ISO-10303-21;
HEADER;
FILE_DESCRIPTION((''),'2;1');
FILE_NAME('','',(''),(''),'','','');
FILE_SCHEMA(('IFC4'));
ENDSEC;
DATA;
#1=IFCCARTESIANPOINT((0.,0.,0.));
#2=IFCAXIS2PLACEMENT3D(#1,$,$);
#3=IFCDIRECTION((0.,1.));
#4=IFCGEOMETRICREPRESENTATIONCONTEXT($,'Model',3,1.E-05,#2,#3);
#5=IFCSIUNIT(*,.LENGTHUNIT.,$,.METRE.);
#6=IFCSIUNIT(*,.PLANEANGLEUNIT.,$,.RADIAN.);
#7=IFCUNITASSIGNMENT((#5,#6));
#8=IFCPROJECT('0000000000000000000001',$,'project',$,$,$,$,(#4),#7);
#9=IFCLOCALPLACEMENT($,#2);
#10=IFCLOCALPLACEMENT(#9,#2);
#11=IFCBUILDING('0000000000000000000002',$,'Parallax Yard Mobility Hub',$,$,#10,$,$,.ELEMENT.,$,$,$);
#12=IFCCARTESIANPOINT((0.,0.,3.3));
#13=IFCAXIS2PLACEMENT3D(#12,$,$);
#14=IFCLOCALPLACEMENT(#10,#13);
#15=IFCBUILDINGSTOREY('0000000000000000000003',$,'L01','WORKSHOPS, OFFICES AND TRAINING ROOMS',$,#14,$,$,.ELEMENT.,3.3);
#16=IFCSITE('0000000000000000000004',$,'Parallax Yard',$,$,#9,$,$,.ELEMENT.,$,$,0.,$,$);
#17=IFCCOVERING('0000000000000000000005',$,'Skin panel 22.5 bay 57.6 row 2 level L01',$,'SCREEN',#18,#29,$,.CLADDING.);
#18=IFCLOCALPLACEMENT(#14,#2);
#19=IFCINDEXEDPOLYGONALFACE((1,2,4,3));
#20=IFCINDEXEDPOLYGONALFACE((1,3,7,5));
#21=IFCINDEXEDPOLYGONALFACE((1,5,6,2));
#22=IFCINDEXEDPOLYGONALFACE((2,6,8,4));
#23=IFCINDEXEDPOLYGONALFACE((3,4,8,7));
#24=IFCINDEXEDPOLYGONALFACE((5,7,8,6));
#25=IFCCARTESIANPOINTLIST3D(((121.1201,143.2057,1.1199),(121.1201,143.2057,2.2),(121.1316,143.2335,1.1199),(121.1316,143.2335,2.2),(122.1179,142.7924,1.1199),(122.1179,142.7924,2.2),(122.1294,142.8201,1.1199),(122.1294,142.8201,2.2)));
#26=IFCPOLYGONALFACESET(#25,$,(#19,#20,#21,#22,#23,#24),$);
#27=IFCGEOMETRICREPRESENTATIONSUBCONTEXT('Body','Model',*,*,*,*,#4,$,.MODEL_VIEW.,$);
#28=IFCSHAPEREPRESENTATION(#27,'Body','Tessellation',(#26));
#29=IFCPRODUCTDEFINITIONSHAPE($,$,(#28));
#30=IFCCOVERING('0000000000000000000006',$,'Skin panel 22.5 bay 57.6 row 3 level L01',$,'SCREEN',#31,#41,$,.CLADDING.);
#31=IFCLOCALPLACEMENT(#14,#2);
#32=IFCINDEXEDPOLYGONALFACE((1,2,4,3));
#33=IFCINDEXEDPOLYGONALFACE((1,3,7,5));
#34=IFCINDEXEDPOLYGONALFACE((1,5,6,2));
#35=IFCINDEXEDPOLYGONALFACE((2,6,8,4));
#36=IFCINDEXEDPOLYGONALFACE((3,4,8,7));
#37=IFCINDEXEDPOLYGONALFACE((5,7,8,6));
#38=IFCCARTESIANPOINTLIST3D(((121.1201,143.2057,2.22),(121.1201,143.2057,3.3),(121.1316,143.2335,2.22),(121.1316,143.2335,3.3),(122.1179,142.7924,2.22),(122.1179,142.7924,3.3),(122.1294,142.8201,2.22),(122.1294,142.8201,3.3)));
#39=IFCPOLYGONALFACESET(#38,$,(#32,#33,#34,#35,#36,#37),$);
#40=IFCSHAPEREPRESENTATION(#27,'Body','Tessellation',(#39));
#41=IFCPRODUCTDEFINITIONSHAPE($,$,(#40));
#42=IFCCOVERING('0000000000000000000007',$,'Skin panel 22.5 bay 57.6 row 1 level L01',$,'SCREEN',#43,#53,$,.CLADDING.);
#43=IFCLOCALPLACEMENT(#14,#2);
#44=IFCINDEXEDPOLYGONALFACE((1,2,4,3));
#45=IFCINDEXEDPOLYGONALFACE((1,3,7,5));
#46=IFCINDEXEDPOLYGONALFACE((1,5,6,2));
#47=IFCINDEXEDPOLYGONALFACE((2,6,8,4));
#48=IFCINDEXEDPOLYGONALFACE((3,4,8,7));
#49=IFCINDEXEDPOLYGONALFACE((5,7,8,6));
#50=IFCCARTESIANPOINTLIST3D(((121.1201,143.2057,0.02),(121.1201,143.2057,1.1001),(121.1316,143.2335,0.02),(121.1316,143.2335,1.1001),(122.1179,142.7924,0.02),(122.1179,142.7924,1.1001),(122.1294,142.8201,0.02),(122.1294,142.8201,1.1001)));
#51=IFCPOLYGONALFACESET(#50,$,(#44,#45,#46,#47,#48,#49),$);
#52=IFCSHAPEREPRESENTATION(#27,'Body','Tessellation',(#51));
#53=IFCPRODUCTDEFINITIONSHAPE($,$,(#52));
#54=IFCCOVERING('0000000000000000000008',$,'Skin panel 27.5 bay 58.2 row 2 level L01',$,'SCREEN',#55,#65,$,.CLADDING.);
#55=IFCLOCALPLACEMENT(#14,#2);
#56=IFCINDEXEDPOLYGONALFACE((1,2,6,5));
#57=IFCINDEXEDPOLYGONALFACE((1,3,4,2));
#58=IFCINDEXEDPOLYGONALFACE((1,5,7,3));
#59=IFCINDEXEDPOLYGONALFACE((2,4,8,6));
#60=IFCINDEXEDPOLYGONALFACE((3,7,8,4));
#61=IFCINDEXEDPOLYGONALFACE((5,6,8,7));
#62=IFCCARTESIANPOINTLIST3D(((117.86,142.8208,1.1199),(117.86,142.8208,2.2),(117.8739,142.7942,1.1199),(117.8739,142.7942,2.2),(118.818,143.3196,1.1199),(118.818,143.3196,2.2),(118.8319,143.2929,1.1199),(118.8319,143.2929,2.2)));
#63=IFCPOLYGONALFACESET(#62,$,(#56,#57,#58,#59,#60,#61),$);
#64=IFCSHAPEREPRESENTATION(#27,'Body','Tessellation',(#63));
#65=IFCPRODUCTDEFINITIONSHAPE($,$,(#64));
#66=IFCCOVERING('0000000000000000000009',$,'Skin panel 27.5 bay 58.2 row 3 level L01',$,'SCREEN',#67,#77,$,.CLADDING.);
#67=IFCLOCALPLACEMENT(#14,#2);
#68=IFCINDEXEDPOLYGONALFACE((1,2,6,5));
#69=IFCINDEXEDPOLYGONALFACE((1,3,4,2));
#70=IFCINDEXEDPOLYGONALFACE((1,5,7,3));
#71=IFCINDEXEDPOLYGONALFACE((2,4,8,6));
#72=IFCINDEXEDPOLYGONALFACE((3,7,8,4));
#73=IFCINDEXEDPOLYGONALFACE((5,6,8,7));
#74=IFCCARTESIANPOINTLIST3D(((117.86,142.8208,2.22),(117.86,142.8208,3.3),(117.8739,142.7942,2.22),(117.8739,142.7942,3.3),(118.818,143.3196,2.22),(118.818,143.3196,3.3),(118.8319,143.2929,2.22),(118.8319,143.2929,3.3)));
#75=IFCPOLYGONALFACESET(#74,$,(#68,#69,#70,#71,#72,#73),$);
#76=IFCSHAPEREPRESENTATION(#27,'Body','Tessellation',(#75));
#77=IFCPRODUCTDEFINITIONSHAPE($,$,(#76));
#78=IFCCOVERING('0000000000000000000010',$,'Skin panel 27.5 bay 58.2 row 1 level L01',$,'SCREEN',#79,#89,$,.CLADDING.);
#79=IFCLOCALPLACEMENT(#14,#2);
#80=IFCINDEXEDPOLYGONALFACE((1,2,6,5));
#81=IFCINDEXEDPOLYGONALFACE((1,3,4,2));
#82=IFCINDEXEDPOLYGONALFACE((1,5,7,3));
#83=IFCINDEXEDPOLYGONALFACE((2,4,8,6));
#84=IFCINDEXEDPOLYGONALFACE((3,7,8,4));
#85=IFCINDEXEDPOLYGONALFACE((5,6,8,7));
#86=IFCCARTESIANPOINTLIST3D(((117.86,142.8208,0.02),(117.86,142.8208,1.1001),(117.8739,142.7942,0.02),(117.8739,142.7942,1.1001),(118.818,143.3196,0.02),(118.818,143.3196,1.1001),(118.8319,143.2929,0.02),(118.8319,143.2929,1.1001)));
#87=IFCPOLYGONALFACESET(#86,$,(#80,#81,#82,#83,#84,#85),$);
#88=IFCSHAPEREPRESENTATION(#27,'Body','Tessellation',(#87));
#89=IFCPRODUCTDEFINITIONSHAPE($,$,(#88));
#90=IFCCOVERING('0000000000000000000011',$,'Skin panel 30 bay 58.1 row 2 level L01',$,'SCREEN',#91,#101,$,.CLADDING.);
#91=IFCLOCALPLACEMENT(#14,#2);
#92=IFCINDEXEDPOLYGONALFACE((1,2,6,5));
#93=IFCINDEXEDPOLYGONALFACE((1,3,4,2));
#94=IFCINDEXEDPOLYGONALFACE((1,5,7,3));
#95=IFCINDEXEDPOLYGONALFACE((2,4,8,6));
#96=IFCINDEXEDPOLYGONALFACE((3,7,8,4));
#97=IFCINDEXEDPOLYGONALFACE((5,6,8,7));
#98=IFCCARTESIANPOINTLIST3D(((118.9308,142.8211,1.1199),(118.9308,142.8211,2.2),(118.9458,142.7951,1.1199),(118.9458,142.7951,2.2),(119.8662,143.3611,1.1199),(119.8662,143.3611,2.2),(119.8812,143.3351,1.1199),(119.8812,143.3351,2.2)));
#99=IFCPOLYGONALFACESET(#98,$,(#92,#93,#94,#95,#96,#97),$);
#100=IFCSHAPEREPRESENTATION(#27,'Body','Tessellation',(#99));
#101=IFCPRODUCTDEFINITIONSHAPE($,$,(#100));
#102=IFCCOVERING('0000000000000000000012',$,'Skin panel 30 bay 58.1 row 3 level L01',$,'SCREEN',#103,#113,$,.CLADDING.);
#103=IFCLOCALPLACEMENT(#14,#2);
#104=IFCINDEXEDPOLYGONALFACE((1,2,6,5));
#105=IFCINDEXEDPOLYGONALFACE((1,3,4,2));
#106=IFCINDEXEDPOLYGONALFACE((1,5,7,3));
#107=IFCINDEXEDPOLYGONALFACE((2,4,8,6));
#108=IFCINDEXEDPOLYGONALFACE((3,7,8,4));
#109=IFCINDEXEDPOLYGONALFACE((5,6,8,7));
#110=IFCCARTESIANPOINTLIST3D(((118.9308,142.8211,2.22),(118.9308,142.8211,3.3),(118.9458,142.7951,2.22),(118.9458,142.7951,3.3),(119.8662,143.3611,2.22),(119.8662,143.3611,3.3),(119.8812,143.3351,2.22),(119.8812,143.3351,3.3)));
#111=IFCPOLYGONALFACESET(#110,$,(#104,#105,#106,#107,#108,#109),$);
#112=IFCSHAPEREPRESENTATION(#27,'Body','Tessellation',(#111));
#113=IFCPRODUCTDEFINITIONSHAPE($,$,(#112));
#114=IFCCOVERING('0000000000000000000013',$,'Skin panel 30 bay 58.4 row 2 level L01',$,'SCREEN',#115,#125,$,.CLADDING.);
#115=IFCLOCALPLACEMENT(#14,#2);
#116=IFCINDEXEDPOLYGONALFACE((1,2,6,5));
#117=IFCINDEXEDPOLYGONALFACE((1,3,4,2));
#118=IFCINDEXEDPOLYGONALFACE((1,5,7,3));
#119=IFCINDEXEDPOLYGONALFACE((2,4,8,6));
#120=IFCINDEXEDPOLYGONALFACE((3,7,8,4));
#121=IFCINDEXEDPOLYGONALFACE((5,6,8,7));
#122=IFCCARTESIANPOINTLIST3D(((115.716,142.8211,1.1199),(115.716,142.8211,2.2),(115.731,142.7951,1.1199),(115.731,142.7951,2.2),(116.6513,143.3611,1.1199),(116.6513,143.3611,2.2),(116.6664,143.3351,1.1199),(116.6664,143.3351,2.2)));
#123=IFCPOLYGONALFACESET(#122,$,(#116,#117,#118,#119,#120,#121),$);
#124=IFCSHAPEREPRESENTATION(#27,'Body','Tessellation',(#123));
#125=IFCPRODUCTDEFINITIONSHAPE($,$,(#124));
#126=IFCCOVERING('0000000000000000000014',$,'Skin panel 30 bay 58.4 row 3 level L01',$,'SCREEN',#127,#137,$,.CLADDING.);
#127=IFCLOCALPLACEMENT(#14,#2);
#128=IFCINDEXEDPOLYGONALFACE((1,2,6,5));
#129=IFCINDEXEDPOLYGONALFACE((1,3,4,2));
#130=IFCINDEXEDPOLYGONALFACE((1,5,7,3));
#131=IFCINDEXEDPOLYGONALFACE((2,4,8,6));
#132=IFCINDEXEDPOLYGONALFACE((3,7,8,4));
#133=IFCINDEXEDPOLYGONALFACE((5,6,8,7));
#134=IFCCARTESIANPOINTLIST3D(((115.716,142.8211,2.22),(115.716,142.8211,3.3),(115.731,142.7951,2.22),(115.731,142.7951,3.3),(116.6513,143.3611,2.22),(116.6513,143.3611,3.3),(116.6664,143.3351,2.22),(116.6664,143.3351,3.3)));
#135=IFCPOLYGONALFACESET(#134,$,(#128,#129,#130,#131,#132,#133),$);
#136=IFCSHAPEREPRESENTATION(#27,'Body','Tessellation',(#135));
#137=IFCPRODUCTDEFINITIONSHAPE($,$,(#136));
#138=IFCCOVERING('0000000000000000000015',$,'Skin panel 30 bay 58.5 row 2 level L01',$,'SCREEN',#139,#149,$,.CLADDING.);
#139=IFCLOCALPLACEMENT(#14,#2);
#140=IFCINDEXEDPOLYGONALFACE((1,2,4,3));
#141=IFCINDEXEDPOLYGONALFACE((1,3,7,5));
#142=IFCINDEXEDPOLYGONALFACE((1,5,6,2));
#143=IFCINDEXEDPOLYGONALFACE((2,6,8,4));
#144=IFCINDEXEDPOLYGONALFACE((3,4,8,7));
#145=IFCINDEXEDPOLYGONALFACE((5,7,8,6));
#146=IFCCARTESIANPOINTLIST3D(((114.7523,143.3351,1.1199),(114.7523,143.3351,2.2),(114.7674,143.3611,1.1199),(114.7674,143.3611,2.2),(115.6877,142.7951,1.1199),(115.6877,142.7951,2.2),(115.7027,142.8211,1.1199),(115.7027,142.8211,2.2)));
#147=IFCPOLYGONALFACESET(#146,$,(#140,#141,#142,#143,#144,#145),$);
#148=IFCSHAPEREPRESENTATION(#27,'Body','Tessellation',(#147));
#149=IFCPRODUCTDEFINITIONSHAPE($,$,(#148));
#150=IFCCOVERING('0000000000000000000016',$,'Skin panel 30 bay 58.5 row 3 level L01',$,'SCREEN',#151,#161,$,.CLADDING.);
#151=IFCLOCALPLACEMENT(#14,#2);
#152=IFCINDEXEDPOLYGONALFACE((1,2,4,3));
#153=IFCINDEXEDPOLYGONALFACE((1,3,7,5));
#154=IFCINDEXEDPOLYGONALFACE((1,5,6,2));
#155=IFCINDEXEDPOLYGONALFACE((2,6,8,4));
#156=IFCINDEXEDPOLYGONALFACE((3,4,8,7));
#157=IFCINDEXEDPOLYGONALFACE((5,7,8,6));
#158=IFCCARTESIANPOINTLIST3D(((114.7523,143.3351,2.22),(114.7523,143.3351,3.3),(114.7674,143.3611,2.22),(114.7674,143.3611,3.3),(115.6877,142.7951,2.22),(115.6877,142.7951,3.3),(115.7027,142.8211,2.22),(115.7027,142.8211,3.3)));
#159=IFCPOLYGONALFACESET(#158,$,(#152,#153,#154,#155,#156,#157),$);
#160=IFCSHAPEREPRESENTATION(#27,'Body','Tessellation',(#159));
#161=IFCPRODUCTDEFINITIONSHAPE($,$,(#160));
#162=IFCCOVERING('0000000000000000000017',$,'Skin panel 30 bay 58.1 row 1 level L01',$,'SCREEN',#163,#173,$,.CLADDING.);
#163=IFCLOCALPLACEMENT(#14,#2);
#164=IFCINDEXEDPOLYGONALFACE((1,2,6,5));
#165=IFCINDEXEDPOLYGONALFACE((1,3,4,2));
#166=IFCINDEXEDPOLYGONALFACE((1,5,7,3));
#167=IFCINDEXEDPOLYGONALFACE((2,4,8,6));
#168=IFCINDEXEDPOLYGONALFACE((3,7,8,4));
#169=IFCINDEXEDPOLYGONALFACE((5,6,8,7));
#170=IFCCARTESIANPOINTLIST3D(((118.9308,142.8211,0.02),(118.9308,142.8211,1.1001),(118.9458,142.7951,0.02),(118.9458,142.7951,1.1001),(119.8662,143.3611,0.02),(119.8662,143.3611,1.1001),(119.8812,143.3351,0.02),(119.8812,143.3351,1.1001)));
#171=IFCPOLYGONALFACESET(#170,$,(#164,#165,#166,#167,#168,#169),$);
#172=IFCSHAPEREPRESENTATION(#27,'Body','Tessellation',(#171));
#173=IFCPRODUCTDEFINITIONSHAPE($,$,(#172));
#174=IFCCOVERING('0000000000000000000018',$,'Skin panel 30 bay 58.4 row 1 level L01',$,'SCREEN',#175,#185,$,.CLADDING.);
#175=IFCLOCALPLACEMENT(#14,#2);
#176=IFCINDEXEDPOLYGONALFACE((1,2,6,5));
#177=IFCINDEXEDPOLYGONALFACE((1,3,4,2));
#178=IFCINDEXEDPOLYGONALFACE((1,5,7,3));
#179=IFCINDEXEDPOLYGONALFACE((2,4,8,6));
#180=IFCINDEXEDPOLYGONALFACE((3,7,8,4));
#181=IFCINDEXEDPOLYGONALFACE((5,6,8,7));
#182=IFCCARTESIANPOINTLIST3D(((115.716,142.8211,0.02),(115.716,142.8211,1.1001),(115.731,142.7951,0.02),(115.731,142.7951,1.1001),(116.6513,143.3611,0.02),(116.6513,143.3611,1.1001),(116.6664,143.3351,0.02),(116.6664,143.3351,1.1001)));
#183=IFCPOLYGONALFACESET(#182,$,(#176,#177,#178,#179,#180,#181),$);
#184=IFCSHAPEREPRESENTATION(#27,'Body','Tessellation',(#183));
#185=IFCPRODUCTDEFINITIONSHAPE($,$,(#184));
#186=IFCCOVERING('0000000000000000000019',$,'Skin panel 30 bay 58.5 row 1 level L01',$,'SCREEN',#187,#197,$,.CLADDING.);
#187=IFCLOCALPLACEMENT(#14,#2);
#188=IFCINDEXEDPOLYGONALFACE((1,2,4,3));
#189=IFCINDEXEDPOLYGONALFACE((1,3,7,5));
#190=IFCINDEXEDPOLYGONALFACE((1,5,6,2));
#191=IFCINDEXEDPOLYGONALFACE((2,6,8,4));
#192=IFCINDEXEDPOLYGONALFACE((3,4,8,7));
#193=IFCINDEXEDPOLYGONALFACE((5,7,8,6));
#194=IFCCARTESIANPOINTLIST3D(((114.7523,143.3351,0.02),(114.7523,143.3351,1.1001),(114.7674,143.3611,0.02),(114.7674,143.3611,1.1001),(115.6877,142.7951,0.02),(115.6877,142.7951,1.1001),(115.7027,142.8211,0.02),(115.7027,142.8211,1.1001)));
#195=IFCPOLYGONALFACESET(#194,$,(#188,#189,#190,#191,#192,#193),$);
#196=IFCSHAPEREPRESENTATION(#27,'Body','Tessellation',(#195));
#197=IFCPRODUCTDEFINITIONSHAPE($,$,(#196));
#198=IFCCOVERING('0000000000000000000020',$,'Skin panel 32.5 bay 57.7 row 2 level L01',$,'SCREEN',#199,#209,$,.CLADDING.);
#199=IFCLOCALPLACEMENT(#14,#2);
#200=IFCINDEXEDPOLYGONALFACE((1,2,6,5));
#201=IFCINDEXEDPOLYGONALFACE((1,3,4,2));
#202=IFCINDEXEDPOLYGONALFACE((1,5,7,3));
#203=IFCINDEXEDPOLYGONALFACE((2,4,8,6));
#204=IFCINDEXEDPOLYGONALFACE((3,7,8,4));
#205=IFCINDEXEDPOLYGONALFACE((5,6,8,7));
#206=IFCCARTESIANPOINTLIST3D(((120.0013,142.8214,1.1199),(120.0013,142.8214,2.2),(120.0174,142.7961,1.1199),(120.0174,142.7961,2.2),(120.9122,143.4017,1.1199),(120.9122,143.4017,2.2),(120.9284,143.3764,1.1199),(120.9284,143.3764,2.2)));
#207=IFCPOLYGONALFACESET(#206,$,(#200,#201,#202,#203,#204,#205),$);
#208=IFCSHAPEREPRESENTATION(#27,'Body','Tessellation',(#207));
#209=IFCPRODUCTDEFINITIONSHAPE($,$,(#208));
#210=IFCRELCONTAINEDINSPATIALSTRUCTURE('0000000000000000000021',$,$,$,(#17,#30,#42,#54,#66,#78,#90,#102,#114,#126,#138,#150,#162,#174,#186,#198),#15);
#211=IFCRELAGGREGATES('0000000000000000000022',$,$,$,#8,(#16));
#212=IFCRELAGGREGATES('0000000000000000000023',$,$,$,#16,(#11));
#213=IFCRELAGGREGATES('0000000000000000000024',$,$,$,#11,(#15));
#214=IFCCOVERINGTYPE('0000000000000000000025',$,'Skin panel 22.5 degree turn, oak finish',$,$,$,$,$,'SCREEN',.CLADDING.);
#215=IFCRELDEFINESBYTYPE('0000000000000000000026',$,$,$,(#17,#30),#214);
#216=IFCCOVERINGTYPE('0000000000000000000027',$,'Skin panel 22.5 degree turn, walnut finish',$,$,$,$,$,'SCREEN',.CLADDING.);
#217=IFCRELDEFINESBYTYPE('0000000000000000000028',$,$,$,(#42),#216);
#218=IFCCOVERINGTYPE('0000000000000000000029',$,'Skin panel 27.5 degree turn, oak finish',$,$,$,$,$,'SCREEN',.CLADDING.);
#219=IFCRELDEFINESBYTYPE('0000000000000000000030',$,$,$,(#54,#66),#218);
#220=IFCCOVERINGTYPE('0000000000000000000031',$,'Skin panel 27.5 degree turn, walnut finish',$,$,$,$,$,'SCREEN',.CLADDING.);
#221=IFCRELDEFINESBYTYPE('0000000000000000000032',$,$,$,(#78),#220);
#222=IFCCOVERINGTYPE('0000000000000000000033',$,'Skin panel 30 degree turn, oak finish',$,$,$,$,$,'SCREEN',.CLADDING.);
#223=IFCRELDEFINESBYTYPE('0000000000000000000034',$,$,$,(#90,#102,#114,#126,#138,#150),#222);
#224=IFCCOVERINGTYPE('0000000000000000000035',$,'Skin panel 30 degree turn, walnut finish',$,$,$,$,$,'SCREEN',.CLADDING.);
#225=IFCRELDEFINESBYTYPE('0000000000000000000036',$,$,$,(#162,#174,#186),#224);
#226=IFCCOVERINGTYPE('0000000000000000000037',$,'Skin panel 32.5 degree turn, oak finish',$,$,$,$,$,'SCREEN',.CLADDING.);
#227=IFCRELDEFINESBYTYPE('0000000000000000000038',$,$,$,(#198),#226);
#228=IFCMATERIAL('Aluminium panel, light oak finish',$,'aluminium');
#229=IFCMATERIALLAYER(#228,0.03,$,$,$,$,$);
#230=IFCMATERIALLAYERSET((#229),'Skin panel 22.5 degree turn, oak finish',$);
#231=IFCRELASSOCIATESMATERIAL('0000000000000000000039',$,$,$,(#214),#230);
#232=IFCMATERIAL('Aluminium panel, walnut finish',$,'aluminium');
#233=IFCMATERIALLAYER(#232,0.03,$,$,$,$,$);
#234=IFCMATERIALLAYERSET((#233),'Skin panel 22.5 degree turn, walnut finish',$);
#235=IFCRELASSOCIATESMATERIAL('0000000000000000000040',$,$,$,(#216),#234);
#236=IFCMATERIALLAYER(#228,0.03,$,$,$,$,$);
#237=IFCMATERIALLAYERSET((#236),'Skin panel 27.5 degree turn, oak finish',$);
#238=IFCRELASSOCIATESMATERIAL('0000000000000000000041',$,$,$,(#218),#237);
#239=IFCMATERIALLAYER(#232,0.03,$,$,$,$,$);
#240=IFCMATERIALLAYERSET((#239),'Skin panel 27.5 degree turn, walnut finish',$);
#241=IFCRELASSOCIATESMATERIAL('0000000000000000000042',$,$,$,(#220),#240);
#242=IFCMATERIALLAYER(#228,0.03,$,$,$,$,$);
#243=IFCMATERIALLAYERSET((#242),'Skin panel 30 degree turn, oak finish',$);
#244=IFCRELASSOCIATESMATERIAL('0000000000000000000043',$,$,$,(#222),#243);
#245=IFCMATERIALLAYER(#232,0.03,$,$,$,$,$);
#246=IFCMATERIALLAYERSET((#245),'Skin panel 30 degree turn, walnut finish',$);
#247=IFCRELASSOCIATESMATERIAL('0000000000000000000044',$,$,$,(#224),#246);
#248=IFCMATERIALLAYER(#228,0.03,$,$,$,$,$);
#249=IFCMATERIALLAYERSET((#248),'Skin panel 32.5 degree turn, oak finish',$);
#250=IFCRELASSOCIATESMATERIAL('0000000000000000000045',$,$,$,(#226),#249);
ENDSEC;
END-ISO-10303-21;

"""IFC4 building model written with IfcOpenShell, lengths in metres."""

from ifc_helpers import new_model, si_unit, direction, frame, origin, origin_2d, place, context, subcontext, project, spatial, rectangle, extrude, material, layer, layer_set, type_object, element, save


model = new_model("IFC4")

# Units and contexts
model_context = context("Model", 3, precision=1e-05, world=origin(), true_north=direction((0.0, 1.0)))
body_context = subcontext(model_context, "Body", "Model", "MODEL_VIEW")
ifc_project = project(units=[si_unit("LENGTHUNIT", "METRE"), si_unit("PLANEANGLEUNIT", "RADIAN")], contexts=[model_context])

# Site, building, storey
site_placement = place(None, origin())
site = spatial("IfcSite", under=ifc_project, at=site_placement, Name="Parallax Yard", CompositionType="ELEMENT", RefElevation=0.0)
building_placement = place(site_placement, origin())
building = spatial("IfcBuilding", under=site, at=building_placement, Name="Parallax Yard Mobility Hub", CompositionType="ELEMENT")
storey_placement = place(building_placement, frame((0.0, 0.0, 3.3)))
storey = spatial("IfcBuildingStorey", under=building, at=storey_placement, Name="L01", Description="WORKSHOPS, OFFICES AND TRAINING ROOMS", CompositionType="ELEMENT", Elevation=3.3)

# Coverings
ifc_material_1 = material(Name="Aluminium panel, light oak finish", Category="aluminium")
ifc_layer_1 = layer(ifc_material_1, 0.03)
ifc_layer_set_1 = layer_set([ifc_layer_1], Name="Skin panel 22.5 degree turn, oak finish")
covering_type_1 = type_object("IfcCoveringType", Name="Skin panel 22.5 degree turn, oak finish", ElementType="SCREEN", PredefinedType="CLADDING", material=ifc_layer_set_1)
for number, where, z_axis, x_axis, name in (
    (1, (121.6248, 143.0129, 1.1199), (0.0, 0.0, 1.0), (-0.92388, 0.382683, 0.0), "Skin panel 22.5 bay 57.6 row 2 level L01"),
    (2, (121.6248, 143.0129, 2.22), (0.0, 0.0, 1.0), (-0.92388, 0.382683, 0.0), "Skin panel 22.5 bay 57.6 row 3 level L01"),
):
    element("IfcCovering", number, at=place(storey_placement, frame(where, z_axis=z_axis, x_axis=x_axis)), inside=storey, type_object=covering_type_1, Name=name, ObjectType="SCREEN", PredefinedType="CLADDING", context=body_context, shape_type="SweptSolid", body=[
        extrude(rectangle(XDim=1.0801, YDim=0.03, at=origin_2d()), origin(), (0.0, 0.0, 1.0), 1.0801),
    ])
ifc_material_2 = material(Name="Aluminium panel, walnut finish", Category="aluminium")
ifc_layer_2 = layer(ifc_material_2, 0.03)
ifc_layer_set_2 = layer_set([ifc_layer_2], Name="Skin panel 22.5 degree turn, walnut finish")
covering_type_2 = type_object("IfcCoveringType", Name="Skin panel 22.5 degree turn, walnut finish", ElementType="SCREEN", PredefinedType="CLADDING", material=ifc_layer_set_2)
covering_1_placement = place(storey_placement, frame((121.6248, 143.0129, 0.02), z_axis=(0.0, 0.0, 1.0), x_axis=(-0.92388, 0.382683, 0.0)))
element("IfcCovering", 3, at=covering_1_placement, inside=storey, type_object=covering_type_2, Name="Skin panel 22.5 bay 57.6 row 1 level L01", ObjectType="SCREEN", PredefinedType="CLADDING", context=body_context, shape_type="SweptSolid", body=[
    extrude(rectangle(XDim=1.0801, YDim=0.03, at=origin_2d()), origin(), (0.0, 0.0, 1.0), 1.0801),
])
ifc_layer_3 = layer(ifc_material_1, 0.03)
ifc_layer_set_3 = layer_set([ifc_layer_3], Name="Skin panel 27.5 degree turn, oak finish")
covering_type_3 = type_object("IfcCoveringType", Name="Skin panel 27.5 degree turn, oak finish", ElementType="SCREEN", PredefinedType="CLADDING", material=ifc_layer_set_3)
for number, where, z_axis, x_axis, name in (
    (4, (118.3459, 143.0569, 1.1199), (0.0, 0.0, 1.0), (0.887011, 0.461749, 0.0), "Skin panel 27.5 bay 58.2 row 2 level L01"),
    (5, (118.3459, 143.0569, 2.22), (0.0, 0.0, 1.0), (0.887011, 0.461749, 0.0), "Skin panel 27.5 bay 58.2 row 3 level L01"),
):
    element("IfcCovering", number, at=place(storey_placement, frame(where, z_axis=z_axis, x_axis=x_axis)), inside=storey, type_object=covering_type_3, Name=name, ObjectType="SCREEN", PredefinedType="CLADDING", context=body_context, shape_type="SweptSolid", body=[
        extrude(rectangle(XDim=1.0801, YDim=0.03, at=origin_2d()), origin(), (0.0, 0.0, 1.0), 1.0801),
    ])
ifc_layer_4 = layer(ifc_material_2, 0.03)
ifc_layer_set_4 = layer_set([ifc_layer_4], Name="Skin panel 27.5 degree turn, walnut finish")
covering_type_4 = type_object("IfcCoveringType", Name="Skin panel 27.5 degree turn, walnut finish", ElementType="SCREEN", PredefinedType="CLADDING", material=ifc_layer_set_4)
covering_2_placement = place(storey_placement, frame((118.3459, 143.0569, 0.02), z_axis=(0.0, 0.0, 1.0), x_axis=(0.887011, 0.461749, 0.0)))
element("IfcCovering", 6, at=covering_2_placement, inside=storey, type_object=covering_type_4, Name="Skin panel 27.5 bay 58.2 row 1 level L01", ObjectType="SCREEN", PredefinedType="CLADDING", context=body_context, shape_type="SweptSolid", body=[
    extrude(rectangle(XDim=1.0801, YDim=0.03, at=origin_2d()), origin(), (0.0, 0.0, 1.0), 1.0801),
])
ifc_layer_5 = layer(ifc_material_1, 0.03)
ifc_layer_set_5 = layer_set([ifc_layer_5], Name="Skin panel 30 degree turn, oak finish")
covering_type_5 = type_object("IfcCoveringType", Name="Skin panel 30 degree turn, oak finish", ElementType="SCREEN", PredefinedType="CLADDING", material=ifc_layer_set_5)
for number, where, z_axis, x_axis, name in (
    (7, (119.406, 143.0781, 1.1199), (0.0, 0.0, 1.0), (0.866025, 0.5, 0.0), "Skin panel 30 bay 58.1 row 2 level L01"),
    (8, (119.406, 143.0781, 2.22), (0.0, 0.0, 1.0), (0.866025, 0.5, 0.0), "Skin panel 30 bay 58.1 row 3 level L01"),
    (9, (116.1912, 143.0781, 1.1199), (0.0, 0.0, 1.0), (0.866025, 0.5, 0.0), "Skin panel 30 bay 58.4 row 2 level L01"),
    (10, (116.1912, 143.0781, 2.22), (0.0, 0.0, 1.0), (0.866025, 0.5, 0.0), "Skin panel 30 bay 58.4 row 3 level L01"),
    (11, (115.2275, 143.0781, 1.1199), (0.0, 0.0, 1.0), (-0.866025, 0.5, 0.0), "Skin panel 30 bay 58.5 row 2 level L01"),
    (12, (115.2275, 143.0781, 2.22), (0.0, 0.0, 1.0), (-0.866025, 0.5, 0.0), "Skin panel 30 bay 58.5 row 3 level L01"),
):
    element("IfcCovering", number, at=place(storey_placement, frame(where, z_axis=z_axis, x_axis=x_axis)), inside=storey, type_object=covering_type_5, Name=name, ObjectType="SCREEN", PredefinedType="CLADDING", context=body_context, shape_type="SweptSolid", body=[
        extrude(rectangle(XDim=1.0801, YDim=0.03, at=origin_2d()), origin(), (0.0, 0.0, 1.0), 1.0801),
    ])
ifc_layer_6 = layer(ifc_material_2, 0.03)
ifc_layer_set_6 = layer_set([ifc_layer_6], Name="Skin panel 30 degree turn, walnut finish")
covering_type_6 = type_object("IfcCoveringType", Name="Skin panel 30 degree turn, walnut finish", ElementType="SCREEN", PredefinedType="CLADDING", material=ifc_layer_set_6)
for number, where, z_axis, x_axis, name in (
    (13, (119.406, 143.0781, 0.02), (0.0, 0.0, 1.0), (0.866025, 0.5, 0.0), "Skin panel 30 bay 58.1 row 1 level L01"),
    (14, (116.1912, 143.0781, 0.02), (0.0, 0.0, 1.0), (0.866025, 0.5, 0.0), "Skin panel 30 bay 58.4 row 1 level L01"),
    (15, (115.2275, 143.0781, 0.02), (0.0, 0.0, 1.0), (-0.866025, 0.5, 0.0), "Skin panel 30 bay 58.5 row 1 level L01"),
):
    element("IfcCovering", number, at=place(storey_placement, frame(where, z_axis=z_axis, x_axis=x_axis)), inside=storey, type_object=covering_type_6, Name=name, ObjectType="SCREEN", PredefinedType="CLADDING", context=body_context, shape_type="SweptSolid", body=[
        extrude(rectangle(XDim=1.0801, YDim=0.03, at=origin_2d()), origin(), (0.0, 0.0, 1.0), 1.0801),
    ])
ifc_layer_7 = layer(ifc_material_1, 0.03)
ifc_layer_set_7 = layer_set([ifc_layer_7], Name="Skin panel 32.5 degree turn, oak finish")
covering_type_7 = type_object("IfcCoveringType", Name="Skin panel 32.5 degree turn, oak finish", ElementType="SCREEN", PredefinedType="CLADDING", material=ifc_layer_set_7)
for number, where, z_axis, x_axis, name in (
    (16, (120.4648, 143.0989, 1.1199), (0.0, 0.0, 1.0), (0.843391, 0.5373, 0.0), "Skin panel 32.5 bay 57.7 row 2 level L01"),
):
    element("IfcCovering", number, at=place(storey_placement, frame(where, z_axis=z_axis, x_axis=x_axis)), inside=storey, type_object=covering_type_7, Name=name, ObjectType="SCREEN", PredefinedType="CLADDING", context=body_context, shape_type="SweptSolid", body=[
        extrude(rectangle(XDim=1.0801, YDim=0.03, at=origin_2d()), origin(), (0.0, 0.0, 1.0), 1.0801),
    ])

save(model, "model.ifc")
